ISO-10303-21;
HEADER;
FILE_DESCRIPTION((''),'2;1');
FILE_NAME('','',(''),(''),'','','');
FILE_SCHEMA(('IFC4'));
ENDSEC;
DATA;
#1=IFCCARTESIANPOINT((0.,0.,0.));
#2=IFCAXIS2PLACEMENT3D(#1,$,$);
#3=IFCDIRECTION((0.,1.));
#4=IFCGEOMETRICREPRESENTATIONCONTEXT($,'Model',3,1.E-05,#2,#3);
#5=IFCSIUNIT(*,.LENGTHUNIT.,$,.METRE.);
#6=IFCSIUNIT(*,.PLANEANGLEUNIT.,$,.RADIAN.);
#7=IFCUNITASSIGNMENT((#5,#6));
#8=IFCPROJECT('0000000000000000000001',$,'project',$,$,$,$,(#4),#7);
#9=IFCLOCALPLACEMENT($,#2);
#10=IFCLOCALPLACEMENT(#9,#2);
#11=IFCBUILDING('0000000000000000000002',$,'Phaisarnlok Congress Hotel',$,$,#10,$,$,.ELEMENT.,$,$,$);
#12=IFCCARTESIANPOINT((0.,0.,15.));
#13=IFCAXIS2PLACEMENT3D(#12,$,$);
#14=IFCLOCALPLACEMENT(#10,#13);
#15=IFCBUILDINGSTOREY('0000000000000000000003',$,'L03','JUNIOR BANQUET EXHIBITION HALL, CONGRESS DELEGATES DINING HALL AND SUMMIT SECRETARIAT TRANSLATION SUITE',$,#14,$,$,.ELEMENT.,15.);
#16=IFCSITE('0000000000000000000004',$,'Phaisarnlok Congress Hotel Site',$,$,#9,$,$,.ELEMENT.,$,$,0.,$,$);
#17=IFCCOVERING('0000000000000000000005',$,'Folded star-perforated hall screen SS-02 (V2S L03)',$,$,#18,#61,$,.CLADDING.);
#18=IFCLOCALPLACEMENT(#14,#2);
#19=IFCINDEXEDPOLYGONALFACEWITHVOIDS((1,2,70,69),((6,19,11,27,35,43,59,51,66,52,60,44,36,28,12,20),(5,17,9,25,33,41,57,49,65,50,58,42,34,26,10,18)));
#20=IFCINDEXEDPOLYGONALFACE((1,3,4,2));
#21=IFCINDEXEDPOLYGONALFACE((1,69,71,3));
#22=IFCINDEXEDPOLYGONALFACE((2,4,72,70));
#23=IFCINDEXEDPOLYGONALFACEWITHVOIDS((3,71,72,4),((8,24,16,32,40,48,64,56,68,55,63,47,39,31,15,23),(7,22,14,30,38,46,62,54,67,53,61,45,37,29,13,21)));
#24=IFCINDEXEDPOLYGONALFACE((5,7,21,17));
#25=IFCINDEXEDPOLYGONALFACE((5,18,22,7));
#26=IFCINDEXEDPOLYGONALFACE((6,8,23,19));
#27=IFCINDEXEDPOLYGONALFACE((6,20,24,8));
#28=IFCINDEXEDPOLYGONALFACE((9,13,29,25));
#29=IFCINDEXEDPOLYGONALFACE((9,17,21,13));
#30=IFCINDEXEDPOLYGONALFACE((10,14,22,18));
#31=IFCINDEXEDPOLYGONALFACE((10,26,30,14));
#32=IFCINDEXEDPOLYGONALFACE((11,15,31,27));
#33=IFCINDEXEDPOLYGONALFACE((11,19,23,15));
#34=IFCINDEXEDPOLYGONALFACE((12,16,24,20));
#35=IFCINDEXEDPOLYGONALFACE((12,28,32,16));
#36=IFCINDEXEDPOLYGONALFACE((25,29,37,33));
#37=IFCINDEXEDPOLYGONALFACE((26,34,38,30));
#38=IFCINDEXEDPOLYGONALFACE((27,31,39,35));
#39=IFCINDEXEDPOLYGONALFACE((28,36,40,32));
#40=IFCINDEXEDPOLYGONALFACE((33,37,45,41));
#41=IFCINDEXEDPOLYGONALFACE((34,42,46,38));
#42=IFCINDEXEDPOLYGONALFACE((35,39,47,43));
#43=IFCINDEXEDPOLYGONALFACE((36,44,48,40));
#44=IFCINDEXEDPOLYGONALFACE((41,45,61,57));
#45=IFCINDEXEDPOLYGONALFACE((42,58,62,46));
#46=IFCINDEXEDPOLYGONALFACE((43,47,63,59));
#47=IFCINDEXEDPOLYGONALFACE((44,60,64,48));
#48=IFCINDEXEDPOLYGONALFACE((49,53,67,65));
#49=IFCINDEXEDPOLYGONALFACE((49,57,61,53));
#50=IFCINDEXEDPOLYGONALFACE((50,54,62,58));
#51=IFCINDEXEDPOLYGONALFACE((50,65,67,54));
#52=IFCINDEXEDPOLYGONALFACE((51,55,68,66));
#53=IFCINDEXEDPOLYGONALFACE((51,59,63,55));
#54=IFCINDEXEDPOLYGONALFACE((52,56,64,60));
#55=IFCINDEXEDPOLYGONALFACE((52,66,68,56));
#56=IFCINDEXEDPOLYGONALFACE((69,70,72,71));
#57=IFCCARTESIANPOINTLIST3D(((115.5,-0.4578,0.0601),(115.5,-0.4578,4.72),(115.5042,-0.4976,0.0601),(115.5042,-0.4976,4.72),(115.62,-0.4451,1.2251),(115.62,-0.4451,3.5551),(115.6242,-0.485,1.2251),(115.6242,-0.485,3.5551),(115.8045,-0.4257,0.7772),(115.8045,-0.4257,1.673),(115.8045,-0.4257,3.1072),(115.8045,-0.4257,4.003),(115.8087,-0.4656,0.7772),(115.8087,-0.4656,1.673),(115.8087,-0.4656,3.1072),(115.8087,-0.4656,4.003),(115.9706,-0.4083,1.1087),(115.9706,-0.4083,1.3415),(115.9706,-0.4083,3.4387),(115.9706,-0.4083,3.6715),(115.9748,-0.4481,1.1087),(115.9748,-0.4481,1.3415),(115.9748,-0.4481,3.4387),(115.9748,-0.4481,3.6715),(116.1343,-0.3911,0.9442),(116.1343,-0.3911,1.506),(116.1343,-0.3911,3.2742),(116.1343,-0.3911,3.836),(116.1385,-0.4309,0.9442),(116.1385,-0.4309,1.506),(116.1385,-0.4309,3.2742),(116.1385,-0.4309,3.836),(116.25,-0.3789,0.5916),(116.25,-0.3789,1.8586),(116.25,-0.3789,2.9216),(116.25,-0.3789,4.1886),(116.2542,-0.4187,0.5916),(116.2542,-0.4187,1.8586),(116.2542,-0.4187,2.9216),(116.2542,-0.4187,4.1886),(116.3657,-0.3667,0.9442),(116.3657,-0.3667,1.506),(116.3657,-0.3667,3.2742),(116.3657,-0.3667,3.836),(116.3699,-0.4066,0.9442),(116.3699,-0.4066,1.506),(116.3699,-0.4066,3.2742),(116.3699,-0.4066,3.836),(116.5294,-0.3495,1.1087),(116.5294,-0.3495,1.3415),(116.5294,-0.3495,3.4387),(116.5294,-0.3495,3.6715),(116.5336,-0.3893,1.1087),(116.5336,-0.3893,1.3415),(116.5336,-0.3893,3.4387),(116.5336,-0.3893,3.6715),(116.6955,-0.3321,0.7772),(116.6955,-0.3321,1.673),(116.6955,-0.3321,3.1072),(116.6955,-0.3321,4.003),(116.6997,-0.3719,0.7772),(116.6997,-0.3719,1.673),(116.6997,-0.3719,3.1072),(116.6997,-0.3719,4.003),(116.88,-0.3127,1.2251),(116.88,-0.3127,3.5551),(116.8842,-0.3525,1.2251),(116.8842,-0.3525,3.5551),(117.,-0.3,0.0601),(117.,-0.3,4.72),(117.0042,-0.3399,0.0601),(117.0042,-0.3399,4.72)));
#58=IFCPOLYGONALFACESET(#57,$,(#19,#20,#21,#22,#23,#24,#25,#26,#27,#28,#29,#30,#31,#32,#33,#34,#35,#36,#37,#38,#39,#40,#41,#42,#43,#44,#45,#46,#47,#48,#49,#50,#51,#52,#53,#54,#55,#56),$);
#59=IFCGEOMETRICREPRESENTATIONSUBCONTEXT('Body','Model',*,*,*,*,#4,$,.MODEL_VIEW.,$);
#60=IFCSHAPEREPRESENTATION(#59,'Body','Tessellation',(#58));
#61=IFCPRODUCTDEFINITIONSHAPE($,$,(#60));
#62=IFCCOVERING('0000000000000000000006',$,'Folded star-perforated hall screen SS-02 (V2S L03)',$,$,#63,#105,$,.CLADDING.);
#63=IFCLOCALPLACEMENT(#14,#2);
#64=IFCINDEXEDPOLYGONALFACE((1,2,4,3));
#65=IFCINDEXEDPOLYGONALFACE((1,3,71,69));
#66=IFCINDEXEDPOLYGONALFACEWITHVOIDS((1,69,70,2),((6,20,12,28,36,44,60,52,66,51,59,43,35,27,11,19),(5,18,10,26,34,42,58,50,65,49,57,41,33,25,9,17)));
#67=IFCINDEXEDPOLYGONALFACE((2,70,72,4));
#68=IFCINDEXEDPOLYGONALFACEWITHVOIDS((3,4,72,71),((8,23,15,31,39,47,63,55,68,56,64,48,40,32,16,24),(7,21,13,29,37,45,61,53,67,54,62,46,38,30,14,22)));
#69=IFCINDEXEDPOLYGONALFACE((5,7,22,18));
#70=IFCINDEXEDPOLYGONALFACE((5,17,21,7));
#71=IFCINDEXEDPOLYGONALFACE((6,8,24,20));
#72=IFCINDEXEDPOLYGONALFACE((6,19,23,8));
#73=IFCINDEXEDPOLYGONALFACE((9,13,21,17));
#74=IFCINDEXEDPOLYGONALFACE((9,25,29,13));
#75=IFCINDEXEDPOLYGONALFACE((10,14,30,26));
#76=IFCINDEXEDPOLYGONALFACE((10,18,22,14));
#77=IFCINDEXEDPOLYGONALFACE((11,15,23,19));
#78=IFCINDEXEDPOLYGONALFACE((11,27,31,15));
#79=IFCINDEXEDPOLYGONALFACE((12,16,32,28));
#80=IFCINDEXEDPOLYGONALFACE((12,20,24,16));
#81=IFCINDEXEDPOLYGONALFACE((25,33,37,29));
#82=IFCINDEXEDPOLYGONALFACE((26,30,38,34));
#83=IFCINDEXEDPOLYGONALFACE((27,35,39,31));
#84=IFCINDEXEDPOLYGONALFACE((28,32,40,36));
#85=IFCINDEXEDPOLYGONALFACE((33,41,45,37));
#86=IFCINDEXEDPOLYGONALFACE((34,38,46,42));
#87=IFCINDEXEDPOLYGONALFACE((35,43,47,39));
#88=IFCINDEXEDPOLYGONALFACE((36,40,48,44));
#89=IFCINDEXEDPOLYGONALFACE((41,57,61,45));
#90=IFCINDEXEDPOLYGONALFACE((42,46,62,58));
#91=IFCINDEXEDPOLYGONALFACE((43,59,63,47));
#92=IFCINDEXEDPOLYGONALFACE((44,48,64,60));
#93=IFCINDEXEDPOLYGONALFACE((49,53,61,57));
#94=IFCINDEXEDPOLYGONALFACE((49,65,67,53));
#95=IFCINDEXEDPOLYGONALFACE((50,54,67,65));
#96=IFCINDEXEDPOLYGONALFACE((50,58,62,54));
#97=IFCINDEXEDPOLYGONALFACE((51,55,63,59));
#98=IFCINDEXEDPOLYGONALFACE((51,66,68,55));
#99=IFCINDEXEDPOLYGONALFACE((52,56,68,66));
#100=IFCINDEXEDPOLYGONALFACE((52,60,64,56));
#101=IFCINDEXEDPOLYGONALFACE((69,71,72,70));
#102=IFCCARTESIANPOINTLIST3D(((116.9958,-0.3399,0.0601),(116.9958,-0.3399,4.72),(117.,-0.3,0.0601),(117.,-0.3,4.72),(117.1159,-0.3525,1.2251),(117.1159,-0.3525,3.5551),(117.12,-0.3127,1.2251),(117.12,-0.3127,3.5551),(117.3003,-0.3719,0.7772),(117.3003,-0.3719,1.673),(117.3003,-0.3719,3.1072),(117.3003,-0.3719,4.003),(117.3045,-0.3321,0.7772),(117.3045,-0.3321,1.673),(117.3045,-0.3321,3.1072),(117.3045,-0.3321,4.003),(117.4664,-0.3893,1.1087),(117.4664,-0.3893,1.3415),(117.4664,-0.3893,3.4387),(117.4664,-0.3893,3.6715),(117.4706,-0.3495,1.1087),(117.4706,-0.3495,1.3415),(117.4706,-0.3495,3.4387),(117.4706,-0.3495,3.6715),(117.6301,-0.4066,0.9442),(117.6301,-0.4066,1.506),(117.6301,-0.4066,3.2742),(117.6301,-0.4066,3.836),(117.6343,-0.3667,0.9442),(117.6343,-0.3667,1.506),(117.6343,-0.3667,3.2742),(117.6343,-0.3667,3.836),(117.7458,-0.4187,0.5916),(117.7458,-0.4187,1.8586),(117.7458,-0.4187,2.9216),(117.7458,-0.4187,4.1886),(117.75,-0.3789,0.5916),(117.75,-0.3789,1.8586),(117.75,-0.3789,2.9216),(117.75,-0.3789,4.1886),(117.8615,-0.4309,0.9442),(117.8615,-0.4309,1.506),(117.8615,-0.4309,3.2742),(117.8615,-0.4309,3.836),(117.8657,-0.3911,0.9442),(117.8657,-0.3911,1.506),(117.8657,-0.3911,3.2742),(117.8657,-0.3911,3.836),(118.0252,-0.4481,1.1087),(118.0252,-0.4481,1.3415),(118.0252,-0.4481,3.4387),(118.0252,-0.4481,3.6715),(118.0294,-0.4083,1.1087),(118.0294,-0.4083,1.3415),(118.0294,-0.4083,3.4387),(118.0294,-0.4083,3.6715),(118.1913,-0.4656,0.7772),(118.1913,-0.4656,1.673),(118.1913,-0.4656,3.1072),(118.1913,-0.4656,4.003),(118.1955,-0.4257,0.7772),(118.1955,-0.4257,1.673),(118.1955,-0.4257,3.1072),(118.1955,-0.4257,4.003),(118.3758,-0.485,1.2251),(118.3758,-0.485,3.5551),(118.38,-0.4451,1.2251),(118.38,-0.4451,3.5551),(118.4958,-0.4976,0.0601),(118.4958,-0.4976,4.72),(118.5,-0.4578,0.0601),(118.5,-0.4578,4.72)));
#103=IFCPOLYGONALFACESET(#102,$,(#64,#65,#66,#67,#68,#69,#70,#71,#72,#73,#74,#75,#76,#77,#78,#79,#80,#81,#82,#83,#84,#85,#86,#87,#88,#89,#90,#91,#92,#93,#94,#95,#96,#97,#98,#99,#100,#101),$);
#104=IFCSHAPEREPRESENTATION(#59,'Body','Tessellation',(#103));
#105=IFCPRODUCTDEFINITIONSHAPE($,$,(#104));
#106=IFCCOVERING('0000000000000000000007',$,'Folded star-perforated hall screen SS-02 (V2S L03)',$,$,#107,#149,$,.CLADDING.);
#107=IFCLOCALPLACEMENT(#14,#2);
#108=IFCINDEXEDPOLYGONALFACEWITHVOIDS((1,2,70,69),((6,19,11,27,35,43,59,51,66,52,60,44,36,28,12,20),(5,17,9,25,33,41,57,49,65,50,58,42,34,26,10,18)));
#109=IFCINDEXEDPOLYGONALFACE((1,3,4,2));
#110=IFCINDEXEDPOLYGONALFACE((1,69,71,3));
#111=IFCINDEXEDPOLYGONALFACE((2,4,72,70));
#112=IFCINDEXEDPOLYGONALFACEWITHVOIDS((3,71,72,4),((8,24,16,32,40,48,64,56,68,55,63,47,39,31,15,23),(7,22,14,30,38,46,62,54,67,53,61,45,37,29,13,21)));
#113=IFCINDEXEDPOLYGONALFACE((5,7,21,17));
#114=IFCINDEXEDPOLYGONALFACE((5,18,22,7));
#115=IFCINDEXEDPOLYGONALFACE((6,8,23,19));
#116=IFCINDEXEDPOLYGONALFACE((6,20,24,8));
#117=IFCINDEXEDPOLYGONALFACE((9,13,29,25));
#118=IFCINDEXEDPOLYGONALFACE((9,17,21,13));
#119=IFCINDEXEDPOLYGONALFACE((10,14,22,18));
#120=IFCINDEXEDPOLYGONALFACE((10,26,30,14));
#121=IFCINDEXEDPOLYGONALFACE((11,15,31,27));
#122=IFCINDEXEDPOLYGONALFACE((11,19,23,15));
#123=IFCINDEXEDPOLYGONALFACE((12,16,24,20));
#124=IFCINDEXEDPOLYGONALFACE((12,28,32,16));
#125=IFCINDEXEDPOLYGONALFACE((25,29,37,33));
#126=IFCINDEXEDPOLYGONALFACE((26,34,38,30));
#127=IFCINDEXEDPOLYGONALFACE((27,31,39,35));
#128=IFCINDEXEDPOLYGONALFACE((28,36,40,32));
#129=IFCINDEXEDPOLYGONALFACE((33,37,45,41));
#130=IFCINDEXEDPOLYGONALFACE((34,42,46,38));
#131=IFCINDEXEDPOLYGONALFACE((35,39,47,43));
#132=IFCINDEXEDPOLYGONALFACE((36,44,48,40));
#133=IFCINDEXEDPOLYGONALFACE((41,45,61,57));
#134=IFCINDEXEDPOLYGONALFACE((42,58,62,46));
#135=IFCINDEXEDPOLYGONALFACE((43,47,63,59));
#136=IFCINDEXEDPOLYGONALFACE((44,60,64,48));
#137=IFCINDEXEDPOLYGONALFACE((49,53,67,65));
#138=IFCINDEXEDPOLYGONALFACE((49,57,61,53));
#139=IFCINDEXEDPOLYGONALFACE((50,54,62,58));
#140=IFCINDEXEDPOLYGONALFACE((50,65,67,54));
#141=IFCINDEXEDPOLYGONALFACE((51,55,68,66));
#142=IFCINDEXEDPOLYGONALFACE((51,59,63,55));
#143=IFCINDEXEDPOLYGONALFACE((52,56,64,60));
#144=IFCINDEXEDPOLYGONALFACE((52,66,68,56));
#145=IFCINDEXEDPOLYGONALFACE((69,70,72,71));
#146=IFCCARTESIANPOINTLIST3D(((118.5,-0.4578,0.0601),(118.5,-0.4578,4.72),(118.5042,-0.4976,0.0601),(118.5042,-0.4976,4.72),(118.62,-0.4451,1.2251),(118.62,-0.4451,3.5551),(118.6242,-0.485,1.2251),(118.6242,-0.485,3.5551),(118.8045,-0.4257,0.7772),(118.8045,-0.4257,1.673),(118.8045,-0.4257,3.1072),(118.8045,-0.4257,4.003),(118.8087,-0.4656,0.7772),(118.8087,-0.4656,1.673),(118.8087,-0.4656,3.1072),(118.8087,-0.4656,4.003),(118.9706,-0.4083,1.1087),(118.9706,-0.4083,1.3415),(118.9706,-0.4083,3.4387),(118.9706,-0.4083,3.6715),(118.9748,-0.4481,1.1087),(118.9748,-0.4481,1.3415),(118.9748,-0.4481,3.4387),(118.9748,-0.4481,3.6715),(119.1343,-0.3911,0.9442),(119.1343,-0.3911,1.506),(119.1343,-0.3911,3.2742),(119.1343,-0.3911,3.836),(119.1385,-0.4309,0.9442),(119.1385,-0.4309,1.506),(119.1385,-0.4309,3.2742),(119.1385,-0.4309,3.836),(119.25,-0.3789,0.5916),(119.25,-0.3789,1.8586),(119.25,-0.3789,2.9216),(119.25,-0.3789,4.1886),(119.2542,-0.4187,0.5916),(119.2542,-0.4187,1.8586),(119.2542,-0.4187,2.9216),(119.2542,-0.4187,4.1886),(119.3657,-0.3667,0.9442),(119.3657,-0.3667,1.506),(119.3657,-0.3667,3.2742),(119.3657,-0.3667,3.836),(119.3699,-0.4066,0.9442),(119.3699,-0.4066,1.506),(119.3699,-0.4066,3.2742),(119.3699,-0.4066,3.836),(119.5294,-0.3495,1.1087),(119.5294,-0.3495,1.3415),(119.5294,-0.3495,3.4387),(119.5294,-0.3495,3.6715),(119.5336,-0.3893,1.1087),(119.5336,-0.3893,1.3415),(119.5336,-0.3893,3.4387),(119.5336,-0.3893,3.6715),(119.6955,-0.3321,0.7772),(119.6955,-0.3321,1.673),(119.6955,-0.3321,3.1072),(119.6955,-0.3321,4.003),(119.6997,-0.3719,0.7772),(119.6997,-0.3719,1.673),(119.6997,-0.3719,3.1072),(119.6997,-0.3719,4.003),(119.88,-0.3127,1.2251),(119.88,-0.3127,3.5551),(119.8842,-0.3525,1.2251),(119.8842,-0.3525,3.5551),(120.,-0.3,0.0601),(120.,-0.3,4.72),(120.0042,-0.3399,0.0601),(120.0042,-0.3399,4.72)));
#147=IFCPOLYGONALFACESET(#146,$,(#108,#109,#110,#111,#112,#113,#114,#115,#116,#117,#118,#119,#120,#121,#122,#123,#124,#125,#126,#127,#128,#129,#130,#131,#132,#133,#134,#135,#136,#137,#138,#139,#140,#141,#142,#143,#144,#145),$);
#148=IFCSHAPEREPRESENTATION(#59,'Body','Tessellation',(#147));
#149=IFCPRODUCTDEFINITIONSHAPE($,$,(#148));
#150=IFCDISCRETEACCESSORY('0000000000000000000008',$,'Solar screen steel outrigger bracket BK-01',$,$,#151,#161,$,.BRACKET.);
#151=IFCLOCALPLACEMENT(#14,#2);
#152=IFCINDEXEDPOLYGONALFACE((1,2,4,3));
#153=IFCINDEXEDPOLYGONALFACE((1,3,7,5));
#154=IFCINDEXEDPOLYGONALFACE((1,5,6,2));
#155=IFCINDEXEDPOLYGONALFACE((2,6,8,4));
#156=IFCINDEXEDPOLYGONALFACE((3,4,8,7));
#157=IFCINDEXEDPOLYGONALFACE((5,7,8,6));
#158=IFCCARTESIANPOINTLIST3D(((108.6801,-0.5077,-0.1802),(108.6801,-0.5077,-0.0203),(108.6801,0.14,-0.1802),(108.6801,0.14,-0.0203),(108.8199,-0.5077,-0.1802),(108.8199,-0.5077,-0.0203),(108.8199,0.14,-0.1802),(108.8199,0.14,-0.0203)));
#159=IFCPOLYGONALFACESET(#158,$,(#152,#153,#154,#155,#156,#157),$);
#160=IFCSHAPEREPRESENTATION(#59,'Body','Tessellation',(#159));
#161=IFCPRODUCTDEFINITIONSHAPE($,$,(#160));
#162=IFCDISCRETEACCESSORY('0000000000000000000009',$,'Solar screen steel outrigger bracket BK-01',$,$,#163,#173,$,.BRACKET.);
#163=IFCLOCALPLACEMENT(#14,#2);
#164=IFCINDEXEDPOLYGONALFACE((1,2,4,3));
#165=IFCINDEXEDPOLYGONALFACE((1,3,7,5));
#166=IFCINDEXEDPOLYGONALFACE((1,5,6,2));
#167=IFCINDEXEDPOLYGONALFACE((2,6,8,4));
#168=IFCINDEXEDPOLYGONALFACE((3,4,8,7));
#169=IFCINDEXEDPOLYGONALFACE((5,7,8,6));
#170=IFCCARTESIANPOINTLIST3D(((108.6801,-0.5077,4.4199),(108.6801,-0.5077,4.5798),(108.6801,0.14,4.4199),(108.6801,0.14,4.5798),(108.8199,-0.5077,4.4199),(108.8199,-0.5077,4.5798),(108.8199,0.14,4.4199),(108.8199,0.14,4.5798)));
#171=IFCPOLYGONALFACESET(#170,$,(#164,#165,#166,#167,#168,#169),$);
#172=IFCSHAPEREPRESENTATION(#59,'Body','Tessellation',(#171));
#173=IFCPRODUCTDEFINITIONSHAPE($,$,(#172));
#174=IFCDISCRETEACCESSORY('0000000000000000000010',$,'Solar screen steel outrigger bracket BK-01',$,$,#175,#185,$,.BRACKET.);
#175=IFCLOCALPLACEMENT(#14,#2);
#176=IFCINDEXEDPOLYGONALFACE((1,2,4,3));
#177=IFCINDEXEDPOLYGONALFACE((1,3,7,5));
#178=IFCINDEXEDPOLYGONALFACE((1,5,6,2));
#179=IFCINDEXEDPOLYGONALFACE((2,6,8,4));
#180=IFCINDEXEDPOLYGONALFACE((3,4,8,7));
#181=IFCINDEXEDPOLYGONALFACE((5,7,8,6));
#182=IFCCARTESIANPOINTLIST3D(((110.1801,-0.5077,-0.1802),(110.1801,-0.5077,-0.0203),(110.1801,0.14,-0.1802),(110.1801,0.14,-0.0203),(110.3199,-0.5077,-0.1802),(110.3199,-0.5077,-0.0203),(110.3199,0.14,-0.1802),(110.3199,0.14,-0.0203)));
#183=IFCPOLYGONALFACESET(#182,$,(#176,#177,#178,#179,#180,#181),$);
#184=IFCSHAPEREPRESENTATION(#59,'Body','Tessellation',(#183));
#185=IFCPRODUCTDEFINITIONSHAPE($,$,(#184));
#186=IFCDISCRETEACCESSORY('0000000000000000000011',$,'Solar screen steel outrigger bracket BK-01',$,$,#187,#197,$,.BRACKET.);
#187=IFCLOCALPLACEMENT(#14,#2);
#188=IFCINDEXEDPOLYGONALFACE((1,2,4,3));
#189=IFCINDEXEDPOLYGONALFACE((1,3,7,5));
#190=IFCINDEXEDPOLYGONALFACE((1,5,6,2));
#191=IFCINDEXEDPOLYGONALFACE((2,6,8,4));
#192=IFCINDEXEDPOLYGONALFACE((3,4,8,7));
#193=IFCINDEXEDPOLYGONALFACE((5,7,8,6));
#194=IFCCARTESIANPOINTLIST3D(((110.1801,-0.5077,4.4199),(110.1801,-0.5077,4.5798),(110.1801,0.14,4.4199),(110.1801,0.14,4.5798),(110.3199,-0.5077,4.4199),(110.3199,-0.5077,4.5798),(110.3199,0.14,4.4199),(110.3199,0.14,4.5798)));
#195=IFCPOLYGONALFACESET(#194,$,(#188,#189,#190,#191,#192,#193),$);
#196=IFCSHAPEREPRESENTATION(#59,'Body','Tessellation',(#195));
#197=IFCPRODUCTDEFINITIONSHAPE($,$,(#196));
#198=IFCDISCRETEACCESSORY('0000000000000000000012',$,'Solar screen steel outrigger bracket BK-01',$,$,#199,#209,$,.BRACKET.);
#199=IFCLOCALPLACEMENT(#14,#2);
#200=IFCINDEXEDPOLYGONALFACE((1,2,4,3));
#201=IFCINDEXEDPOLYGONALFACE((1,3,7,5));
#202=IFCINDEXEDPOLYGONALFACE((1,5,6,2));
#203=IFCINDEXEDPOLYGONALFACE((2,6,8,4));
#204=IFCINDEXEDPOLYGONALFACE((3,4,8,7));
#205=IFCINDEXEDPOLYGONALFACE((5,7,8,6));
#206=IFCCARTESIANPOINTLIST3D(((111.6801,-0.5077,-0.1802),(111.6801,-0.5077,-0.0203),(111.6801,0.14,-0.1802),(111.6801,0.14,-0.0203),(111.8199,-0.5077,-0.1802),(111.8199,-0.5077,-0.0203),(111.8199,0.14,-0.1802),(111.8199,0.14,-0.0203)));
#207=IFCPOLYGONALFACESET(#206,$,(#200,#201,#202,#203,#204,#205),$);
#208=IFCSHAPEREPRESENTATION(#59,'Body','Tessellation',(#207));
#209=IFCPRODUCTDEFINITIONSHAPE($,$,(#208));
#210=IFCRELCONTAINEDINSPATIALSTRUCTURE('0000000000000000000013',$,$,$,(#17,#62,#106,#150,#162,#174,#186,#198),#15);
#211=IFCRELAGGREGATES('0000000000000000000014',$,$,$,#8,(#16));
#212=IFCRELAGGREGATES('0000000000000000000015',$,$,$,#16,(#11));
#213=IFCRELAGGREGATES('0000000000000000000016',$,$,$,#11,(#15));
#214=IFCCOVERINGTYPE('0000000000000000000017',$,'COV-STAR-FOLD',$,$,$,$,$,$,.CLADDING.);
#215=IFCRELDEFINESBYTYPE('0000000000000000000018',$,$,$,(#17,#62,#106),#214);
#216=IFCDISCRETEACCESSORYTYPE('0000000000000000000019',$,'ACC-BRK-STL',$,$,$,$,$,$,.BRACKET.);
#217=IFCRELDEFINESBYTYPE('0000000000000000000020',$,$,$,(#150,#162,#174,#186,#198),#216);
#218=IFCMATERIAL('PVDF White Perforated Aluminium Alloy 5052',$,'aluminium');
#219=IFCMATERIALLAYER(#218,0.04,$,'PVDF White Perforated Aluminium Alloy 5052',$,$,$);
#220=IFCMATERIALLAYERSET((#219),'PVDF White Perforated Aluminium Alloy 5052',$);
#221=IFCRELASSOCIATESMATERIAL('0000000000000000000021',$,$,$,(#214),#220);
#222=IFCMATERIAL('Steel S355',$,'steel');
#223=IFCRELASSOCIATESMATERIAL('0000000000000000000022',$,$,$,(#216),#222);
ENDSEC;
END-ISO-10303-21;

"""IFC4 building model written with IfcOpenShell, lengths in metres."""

from ifc_helpers import new_model, si_unit, direction, frame, origin, origin_2d, place, context, subcontext, project, spatial, polyline, rectangle, outline, extrude, material, layer, layer_set, type_object, element, save


model = new_model("IFC4")

# Units and contexts
model_context = context("Model", 3, precision=1e-05, world=origin(), true_north=direction((0.0, 1.0)))
body_context = subcontext(model_context, "Body", "Model", "MODEL_VIEW")
ifc_project = project(units=[si_unit("LENGTHUNIT", "METRE"), si_unit("PLANEANGLEUNIT", "RADIAN")], contexts=[model_context])

# Site, building, storey
site_placement = place(None, origin())
site = spatial("IfcSite", under=ifc_project, at=site_placement, Name="Phaisarnlok Congress Hotel Site", CompositionType="ELEMENT", RefElevation=0.0)
building_placement = place(site_placement, origin())
building = spatial("IfcBuilding", under=site, at=building_placement, Name="Phaisarnlok Congress Hotel", CompositionType="ELEMENT")
storey_placement = place(building_placement, frame((0.0, 0.0, 15.0)))
storey = spatial("IfcBuildingStorey", under=building, at=storey_placement, Name="L03", Description="JUNIOR BANQUET EXHIBITION HALL, CONGRESS DELEGATES DINING HALL AND SUMMIT SECRETARIAT TRANSLATION SUITE", CompositionType="ELEMENT", Elevation=15.0)

# Shared definitions
ifc_material_1 = material(Name="Steel S355", Category="steel")

# Coverings
ifc_material_2 = material(Name="PVDF White Perforated Aluminium Alloy 5052", Category="aluminium")
ifc_layer_1 = layer(ifc_material_2, 0.04, Name="PVDF White Perforated Aluminium Alloy 5052")
ifc_layer_set_1 = layer_set([ifc_layer_1], Name="PVDF White Perforated Aluminium Alloy 5052")
covering_type = type_object("IfcCoveringType", Name="COV-STAR-FOLD", PredefinedType="CLADDING", material=ifc_layer_set_1)
for number, where, z_axis, x_axis, name in (
    (1, (115.5, -0.4578, 0.0601), (0.104567, -0.994518, 0.0), (0.994518, 0.104567, 0.0), "Folded star-perforated hall screen SS-02 (V2S L03)"),
    (2, (117.0, -0.3, 0.0601), (-0.104567, -0.994518, 0.0), (0.994518, -0.104567, 0.0), "Folded star-perforated hall screen SS-02 (V2S L03)"),
    (3, (118.5, -0.4578, 0.0601), (0.104567, -0.994518, 0.0), (0.994518, 0.104567, 0.0), "Folded star-perforated hall screen SS-02 (V2S L03)"),
):
    element("IfcCovering", number, at=place(storey_placement, frame(where, z_axis=z_axis, x_axis=x_axis)), inside=storey, type_object=covering_type, Name=name, PredefinedType="CLADDING", context=body_context, shape_type="SweptSolid", body=[
        extrude(outline(polyline([(0.0, 0.0), (1.5083, 0.0), (1.5083, 4.6599), (0.0, 4.6599), (0.0, 0.0)]), holes=[polyline([(1.0351, 1.0486), (1.2021, 0.7171), (0.8705, 0.8841), (0.7541, 0.5315), (0.6378, 0.8841), (0.3062, 0.7171), (0.4732, 1.0486), (0.1207, 1.165), (0.4732, 1.2814), (0.3062, 1.6129), (0.6378, 1.4459), (0.7541, 1.7985), (0.8705, 1.4459), (1.2021, 1.6129), (1.0351, 1.2814), (1.3876, 1.165), (1.0351, 1.0486)]), polyline([(1.0351, 3.3786), (1.2021, 3.0471), (0.8705, 3.2141), (0.7541, 2.8615), (0.6378, 3.2141), (0.3062, 3.0471), (0.4732, 3.3786), (0.1207, 3.495), (0.4732, 3.6114), (0.3062, 3.9429), (0.6378, 3.7759), (0.7541, 4.1285), (0.8705, 3.7759), (1.2021, 3.9429), (1.0351, 3.6114), (1.3876, 3.495), (1.0351, 3.3786)])]), origin(), (0.0, 0.0, 1.0), 0.04),
    ])

# Discrete accessories
discrete_accessory_type = type_object("IfcDiscreteAccessoryType", Name="ACC-BRK-STL", PredefinedType="BRACKET", material=ifc_material_1)
for number, where, z_axis, x_axis, name in (
    (4, (108.75, -0.1838, -0.1802), (0.0, 0.0, 1.0), (1.0, 0.0, 0.0), "Solar screen steel outrigger bracket BK-01"),
    (5, (108.75, -0.1838, 4.4199), (0.0, 0.0, 1.0), (1.0, 0.0, 0.0), "Solar screen steel outrigger bracket BK-01"),
    (6, (110.25, -0.1838, -0.1802), (0.0, 0.0, 1.0), (1.0, 0.0, 0.0), "Solar screen steel outrigger bracket BK-01"),
    (7, (110.25, -0.1838, 4.4199), (0.0, 0.0, 1.0), (1.0, 0.0, 0.0), "Solar screen steel outrigger bracket BK-01"),
    (8, (111.75, -0.1838, -0.1802), (0.0, 0.0, 1.0), (1.0, 0.0, 0.0), "Solar screen steel outrigger bracket BK-01"),
):
    element("IfcDiscreteAccessory", number, at=place(storey_placement, frame(where, z_axis=z_axis, x_axis=x_axis)), inside=storey, type_object=discrete_accessory_type, Name=name, PredefinedType="BRACKET", context=body_context, shape_type="SweptSolid", body=[
        extrude(rectangle(XDim=0.1399, YDim=0.6477, at=origin_2d()), origin(), (0.0, 0.0, 1.0), 0.1599),
    ])

save(model, "model.ifc")
